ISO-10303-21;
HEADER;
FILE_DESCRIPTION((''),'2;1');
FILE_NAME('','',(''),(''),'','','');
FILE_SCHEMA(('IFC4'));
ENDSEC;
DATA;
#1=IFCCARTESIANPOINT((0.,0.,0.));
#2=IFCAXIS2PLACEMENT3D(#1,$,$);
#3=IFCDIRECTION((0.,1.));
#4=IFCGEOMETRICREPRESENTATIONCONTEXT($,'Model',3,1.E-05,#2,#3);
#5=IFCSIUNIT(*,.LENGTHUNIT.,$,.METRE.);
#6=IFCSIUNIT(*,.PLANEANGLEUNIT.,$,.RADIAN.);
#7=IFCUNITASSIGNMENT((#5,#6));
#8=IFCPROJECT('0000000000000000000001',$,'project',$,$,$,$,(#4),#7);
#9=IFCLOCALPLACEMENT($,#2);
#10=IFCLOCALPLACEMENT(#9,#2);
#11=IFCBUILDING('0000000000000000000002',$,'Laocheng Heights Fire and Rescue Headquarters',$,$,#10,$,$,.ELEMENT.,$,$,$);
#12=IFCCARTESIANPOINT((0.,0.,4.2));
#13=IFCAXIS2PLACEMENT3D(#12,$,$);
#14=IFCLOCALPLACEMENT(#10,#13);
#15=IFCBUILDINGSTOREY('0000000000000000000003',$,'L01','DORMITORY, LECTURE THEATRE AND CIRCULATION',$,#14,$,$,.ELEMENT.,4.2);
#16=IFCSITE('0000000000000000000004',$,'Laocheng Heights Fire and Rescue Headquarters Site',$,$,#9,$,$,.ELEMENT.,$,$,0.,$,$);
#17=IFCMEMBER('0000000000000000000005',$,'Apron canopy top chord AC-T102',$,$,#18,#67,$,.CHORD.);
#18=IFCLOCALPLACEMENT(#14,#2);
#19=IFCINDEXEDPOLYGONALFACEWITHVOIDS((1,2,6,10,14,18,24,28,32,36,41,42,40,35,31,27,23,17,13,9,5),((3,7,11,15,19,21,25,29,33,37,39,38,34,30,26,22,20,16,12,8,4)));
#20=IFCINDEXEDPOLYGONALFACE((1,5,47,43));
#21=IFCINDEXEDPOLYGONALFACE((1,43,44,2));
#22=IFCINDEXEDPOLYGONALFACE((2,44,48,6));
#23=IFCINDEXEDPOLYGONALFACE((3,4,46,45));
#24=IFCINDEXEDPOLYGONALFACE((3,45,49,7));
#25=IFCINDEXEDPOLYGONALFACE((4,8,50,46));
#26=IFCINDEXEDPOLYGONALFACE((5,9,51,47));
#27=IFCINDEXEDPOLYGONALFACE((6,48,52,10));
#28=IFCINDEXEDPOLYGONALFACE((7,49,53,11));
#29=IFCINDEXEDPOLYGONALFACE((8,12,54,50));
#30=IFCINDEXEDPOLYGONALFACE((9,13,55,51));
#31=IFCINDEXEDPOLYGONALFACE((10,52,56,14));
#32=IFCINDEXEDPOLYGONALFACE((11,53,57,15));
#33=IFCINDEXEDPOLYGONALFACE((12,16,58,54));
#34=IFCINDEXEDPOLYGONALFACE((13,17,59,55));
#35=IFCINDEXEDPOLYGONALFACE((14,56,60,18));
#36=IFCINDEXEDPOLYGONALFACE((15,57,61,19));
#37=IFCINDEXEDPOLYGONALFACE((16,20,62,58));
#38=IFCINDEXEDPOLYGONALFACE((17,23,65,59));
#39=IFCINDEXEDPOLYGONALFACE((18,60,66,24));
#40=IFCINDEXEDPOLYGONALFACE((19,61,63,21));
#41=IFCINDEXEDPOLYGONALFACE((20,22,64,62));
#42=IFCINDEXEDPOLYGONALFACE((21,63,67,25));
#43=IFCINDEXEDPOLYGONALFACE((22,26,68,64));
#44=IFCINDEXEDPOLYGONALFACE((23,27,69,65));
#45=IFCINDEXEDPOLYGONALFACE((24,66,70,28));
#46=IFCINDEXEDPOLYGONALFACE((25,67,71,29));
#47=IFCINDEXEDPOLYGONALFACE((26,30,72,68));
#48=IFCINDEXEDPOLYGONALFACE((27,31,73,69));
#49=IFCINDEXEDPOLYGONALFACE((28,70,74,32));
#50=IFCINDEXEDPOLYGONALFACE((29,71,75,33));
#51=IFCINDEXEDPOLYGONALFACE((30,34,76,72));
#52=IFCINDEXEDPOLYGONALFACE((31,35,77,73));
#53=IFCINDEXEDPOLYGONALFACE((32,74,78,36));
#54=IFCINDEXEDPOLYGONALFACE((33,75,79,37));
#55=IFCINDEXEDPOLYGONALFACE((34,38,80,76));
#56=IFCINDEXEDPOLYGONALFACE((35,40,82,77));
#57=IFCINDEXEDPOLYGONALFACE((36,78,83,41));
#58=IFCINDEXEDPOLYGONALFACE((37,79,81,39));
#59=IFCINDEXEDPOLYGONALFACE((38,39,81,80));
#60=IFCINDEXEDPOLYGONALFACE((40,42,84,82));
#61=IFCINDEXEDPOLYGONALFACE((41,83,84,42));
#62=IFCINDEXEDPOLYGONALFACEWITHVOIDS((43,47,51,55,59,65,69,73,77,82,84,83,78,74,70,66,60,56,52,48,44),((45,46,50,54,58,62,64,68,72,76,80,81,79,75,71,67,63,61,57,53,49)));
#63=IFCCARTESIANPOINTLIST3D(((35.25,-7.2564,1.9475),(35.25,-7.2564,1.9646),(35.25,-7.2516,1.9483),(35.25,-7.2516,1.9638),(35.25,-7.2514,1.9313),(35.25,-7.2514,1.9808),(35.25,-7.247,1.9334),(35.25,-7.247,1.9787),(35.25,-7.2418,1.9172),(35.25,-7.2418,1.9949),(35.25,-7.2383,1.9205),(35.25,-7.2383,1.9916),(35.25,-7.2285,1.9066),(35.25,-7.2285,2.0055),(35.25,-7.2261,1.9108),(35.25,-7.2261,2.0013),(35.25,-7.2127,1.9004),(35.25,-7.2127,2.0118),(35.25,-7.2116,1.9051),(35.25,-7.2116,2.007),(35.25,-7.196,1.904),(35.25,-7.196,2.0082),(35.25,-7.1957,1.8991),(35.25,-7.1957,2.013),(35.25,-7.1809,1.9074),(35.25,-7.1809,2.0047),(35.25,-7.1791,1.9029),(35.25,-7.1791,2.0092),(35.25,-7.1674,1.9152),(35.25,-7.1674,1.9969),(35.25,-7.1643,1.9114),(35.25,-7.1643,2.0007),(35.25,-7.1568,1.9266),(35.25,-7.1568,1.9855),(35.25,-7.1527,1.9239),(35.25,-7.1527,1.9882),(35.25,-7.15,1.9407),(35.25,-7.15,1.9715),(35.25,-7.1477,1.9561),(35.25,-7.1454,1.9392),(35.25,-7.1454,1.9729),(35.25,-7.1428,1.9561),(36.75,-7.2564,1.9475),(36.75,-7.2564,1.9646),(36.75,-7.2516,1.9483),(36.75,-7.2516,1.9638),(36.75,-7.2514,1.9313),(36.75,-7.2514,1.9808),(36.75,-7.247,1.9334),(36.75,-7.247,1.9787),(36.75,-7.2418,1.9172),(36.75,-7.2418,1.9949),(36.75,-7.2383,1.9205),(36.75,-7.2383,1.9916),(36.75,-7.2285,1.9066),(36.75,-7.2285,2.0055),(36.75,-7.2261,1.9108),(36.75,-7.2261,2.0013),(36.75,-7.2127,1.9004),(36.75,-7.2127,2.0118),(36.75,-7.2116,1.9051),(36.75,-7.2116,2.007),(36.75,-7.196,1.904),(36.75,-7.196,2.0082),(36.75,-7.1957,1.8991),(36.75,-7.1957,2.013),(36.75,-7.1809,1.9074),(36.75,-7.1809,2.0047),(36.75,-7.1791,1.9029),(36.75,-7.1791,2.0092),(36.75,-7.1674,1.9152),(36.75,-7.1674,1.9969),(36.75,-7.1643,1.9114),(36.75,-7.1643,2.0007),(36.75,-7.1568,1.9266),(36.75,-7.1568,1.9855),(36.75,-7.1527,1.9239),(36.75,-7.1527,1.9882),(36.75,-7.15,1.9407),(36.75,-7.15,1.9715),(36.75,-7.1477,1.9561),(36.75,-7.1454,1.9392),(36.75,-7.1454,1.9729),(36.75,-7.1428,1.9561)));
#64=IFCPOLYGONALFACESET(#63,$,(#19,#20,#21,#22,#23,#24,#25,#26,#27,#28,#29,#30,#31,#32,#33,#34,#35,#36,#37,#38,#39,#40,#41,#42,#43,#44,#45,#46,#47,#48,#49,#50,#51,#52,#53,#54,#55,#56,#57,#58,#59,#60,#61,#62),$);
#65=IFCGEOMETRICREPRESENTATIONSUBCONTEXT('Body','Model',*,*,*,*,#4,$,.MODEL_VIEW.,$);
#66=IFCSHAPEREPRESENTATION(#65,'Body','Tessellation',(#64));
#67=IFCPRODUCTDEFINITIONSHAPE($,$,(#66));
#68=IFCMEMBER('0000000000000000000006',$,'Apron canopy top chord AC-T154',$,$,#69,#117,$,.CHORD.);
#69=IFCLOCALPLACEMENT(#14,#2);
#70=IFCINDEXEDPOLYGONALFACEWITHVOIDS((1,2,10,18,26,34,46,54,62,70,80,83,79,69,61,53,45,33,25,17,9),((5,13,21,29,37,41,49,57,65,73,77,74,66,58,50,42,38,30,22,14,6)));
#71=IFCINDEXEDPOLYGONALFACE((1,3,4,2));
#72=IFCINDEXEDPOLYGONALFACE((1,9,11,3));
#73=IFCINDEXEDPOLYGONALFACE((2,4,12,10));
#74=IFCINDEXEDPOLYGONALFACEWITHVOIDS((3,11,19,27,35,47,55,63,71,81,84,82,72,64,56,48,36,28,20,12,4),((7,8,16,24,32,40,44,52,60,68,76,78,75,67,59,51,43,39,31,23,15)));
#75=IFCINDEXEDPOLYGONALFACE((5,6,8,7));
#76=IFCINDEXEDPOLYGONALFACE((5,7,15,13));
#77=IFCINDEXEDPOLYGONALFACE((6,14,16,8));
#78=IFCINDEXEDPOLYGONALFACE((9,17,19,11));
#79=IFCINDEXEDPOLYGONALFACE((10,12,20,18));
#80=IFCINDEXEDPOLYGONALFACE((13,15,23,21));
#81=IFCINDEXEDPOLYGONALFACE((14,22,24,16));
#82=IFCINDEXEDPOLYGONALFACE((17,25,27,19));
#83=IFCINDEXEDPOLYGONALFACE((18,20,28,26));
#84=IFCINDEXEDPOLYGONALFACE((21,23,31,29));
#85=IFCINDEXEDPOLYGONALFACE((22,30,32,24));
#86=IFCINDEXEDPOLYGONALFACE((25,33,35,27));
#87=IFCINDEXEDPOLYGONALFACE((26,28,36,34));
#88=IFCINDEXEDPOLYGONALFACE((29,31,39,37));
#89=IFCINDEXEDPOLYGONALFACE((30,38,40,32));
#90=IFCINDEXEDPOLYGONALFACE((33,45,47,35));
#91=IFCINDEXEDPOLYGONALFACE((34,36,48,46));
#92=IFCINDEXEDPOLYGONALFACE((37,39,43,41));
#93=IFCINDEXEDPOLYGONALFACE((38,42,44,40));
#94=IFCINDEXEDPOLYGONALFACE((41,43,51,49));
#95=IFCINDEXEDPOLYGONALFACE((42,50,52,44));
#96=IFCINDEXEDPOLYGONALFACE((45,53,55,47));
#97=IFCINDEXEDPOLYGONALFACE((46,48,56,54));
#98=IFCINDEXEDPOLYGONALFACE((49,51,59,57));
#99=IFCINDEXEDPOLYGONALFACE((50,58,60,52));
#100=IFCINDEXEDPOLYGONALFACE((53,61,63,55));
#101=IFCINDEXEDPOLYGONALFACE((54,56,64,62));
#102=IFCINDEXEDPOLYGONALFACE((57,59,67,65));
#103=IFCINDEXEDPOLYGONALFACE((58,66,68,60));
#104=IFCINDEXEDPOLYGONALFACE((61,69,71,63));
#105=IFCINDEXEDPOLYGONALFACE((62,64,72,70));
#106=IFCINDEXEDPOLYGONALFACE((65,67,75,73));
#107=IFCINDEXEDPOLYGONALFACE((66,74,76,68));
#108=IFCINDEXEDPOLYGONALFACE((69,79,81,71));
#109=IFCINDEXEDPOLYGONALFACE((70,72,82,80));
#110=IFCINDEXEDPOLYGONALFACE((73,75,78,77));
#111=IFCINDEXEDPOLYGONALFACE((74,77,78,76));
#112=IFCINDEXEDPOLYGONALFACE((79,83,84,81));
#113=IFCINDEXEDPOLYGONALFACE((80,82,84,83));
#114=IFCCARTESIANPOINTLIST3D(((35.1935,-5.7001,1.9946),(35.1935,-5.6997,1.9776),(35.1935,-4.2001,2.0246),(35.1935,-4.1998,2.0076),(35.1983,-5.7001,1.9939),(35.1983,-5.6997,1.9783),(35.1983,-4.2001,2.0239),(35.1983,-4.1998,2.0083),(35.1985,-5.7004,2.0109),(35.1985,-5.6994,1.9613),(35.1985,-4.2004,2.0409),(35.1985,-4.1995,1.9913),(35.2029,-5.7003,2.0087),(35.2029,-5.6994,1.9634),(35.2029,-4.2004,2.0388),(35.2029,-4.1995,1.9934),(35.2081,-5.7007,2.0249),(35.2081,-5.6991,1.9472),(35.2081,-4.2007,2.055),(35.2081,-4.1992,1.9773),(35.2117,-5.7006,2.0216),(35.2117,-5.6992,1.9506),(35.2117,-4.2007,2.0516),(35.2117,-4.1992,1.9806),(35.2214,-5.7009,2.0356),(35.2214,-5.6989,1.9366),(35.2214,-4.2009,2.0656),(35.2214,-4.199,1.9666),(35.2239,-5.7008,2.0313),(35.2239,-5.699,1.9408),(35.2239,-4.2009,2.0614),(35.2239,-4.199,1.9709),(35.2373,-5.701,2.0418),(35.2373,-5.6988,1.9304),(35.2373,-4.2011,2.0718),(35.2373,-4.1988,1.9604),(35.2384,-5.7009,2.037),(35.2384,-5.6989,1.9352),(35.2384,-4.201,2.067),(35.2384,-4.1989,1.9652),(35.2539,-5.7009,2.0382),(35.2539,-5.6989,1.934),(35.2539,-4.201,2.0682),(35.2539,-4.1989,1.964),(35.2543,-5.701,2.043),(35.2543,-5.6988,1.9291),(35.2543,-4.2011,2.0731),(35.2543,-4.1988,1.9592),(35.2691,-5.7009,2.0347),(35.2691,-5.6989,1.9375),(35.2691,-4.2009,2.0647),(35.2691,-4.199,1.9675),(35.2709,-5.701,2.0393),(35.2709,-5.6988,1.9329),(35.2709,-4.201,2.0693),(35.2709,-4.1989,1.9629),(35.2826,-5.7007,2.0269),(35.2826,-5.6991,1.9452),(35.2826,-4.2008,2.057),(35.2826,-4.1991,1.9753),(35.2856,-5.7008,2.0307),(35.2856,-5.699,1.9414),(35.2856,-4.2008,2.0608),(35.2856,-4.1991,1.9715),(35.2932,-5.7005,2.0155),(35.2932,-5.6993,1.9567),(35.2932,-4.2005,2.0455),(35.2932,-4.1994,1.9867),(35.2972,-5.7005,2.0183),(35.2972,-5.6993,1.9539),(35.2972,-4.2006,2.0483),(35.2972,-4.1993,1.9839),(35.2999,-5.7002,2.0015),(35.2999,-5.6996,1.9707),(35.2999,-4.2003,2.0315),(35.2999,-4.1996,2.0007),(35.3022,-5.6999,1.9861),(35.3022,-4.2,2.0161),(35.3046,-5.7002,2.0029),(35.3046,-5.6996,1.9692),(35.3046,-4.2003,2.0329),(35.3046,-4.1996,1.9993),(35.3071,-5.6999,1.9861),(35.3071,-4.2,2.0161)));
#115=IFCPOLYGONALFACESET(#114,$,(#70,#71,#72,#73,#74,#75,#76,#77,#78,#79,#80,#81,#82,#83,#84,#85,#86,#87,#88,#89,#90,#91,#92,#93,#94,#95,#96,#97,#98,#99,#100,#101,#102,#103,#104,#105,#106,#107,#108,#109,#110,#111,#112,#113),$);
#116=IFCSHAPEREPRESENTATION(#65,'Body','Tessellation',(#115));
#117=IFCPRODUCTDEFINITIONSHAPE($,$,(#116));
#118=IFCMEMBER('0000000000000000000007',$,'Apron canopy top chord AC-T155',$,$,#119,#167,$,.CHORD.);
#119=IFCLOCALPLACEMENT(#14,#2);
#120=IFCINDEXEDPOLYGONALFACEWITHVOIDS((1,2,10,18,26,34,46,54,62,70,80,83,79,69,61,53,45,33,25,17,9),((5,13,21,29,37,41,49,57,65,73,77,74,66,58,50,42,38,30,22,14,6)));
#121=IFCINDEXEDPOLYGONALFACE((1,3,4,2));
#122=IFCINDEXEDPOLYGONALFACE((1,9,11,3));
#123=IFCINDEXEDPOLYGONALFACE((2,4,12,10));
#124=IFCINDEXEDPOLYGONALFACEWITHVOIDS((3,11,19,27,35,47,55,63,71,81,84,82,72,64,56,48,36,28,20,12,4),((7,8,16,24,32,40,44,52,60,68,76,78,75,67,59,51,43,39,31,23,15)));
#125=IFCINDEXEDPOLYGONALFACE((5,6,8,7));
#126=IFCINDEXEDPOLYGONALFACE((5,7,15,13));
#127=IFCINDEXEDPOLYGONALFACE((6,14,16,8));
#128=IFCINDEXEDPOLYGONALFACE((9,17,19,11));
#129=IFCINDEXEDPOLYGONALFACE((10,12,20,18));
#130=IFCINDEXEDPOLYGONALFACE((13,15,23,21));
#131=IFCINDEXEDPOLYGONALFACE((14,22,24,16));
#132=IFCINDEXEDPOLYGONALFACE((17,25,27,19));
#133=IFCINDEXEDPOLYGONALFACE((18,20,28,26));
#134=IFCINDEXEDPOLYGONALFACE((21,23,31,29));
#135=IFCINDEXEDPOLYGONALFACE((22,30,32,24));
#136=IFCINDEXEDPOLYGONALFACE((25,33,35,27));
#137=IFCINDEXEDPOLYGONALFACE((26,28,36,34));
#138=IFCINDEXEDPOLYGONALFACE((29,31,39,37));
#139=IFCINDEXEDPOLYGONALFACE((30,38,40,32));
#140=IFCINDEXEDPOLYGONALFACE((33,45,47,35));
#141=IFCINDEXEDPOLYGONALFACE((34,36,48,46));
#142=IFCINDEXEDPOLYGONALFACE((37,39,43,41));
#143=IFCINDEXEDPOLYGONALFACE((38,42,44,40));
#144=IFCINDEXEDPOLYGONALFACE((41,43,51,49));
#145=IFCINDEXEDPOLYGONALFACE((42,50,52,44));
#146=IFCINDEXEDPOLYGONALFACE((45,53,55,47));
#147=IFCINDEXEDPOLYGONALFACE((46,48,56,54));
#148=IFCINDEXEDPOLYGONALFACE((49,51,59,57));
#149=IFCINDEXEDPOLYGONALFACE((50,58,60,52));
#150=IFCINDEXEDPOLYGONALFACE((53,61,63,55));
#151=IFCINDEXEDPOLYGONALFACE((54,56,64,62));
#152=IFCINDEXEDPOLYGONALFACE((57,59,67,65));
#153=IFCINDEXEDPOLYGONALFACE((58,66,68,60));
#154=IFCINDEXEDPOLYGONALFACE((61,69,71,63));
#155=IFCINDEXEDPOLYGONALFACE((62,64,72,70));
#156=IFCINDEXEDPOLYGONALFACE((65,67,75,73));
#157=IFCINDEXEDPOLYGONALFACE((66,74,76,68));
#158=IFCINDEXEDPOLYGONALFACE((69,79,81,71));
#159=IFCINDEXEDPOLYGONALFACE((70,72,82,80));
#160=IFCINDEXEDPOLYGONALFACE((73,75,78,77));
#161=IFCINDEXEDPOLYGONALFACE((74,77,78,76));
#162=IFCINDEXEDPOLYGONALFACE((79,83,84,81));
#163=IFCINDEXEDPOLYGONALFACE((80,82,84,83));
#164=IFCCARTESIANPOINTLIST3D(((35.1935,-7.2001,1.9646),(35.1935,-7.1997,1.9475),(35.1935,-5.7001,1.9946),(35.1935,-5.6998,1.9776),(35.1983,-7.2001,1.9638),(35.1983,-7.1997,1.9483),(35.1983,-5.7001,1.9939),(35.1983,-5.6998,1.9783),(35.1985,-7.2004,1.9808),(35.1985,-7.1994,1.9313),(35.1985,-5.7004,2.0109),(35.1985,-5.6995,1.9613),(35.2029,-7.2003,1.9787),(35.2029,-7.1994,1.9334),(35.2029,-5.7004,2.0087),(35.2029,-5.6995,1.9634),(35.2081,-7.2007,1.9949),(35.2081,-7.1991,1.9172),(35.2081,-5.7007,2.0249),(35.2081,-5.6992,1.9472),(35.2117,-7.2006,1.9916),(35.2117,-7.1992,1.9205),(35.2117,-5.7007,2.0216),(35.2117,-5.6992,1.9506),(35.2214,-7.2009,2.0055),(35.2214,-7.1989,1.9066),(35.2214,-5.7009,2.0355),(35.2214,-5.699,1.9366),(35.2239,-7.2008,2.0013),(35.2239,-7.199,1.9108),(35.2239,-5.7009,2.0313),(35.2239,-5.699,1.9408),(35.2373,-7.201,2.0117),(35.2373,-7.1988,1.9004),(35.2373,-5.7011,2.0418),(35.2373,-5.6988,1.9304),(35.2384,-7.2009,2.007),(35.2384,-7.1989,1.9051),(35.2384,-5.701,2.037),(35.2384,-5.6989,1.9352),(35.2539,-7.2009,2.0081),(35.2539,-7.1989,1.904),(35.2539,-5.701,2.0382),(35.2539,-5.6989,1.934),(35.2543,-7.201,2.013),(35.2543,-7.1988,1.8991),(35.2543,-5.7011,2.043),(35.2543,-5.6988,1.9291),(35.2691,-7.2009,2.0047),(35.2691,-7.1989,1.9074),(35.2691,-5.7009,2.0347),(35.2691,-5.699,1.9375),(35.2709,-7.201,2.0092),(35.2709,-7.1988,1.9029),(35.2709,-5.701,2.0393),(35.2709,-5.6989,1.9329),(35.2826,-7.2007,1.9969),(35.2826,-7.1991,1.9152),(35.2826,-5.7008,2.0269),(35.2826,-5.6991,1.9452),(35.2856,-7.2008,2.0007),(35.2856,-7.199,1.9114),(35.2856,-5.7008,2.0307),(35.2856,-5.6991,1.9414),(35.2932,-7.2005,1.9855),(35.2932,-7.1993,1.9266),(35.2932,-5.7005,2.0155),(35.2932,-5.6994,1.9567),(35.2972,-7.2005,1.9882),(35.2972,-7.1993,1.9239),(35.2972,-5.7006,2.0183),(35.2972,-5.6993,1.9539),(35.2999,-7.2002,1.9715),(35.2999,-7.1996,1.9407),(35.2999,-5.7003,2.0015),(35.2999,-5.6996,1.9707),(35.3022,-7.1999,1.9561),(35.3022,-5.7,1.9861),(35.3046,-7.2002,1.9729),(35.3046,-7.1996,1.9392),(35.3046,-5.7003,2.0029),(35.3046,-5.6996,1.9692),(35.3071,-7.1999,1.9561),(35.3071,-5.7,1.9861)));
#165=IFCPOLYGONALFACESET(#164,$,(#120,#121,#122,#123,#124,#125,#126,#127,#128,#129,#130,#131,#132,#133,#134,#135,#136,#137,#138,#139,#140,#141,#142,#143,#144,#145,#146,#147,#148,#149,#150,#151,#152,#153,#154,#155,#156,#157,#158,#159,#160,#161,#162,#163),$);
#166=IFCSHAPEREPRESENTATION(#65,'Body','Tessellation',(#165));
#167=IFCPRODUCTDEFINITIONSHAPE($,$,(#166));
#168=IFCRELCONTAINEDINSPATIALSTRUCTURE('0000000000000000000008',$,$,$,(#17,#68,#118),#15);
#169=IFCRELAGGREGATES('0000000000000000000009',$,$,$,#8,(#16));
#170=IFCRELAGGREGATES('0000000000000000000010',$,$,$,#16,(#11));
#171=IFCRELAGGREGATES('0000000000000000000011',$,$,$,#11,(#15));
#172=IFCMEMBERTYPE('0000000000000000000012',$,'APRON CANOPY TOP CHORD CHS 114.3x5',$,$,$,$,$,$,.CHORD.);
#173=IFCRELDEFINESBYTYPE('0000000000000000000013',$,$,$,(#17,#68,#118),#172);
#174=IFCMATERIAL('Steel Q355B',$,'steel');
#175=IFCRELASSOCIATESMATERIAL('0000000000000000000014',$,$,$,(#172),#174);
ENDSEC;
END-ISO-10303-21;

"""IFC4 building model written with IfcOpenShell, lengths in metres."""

from ifc_helpers import new_model, si_unit, direction, frame, origin, origin_2d, place, context, subcontext, project, spatial, hollow_circle, extrude, material, material_profile, profile_set, type_object, element, save


model = new_model("IFC4")

# Units and contexts
model_context = context("Model", 3, precision=1e-05, world=origin(), true_north=direction((0.0, 1.0)))
body_context = subcontext(model_context, "Body", "Model", "MODEL_VIEW")
ifc_project = project(units=[si_unit("LENGTHUNIT", "METRE"), si_unit("PLANEANGLEUNIT", "RADIAN")], contexts=[model_context])

# Site, building, storey
site_placement = place(None, origin())
site = spatial("IfcSite", under=ifc_project, at=site_placement, Name="Laocheng Heights Fire and Rescue Headquarters Site", CompositionType="ELEMENT", RefElevation=0.0)
building_placement = place(site_placement, origin())
building = spatial("IfcBuilding", under=site, at=building_placement, Name="Laocheng Heights Fire and Rescue Headquarters", CompositionType="ELEMENT")
storey_placement = place(building_placement, frame((0.0, 0.0, 4.2)))
storey = spatial("IfcBuildingStorey", under=building, at=storey_placement, Name="L01", Description="DORMITORY, LECTURE THEATRE AND CIRCULATION", CompositionType="ELEMENT", Elevation=4.2)

# Members
ifc_material_1 = material(Name="Steel Q355B", Category="steel")
ifc_material_profile_1 = material_profile(ifc_material_1, hollow_circle(Radius=0.0571, WallThickness=0.0049, at=origin_2d()), Name="CHS 114.3x5")
ifc_profile_set_1 = profile_set([ifc_material_profile_1], Name="Steel Q355B")
member_type_1 = type_object("IfcMemberType", Name="APRON CANOPY TOP CHORD CHS 114.3x5", PredefinedType="CHORD", material=ifc_profile_set_1)
for number, where, z_axis, x_axis, name in (
    (1, (35.25, -7.2, 1.9561), (1.0, 0.0, 0.0), (0.0, 1.0, 0.0), "Apron canopy top chord AC-T102"),
):
    element("IfcMember", number, at=place(storey_placement, frame(where, z_axis=z_axis, x_axis=x_axis)), inside=storey, type_object=member_type_1, Name=name, PredefinedType="CHORD", context=body_context, shape_type="SweptSolid", body=[
        extrude(hollow_circle(Radius=0.0571, WallThickness=0.0049, at=origin_2d()), origin(), (0.0, 0.0, 1.0), 1.5),
    ])
for number, where, z_axis, x_axis, name in (
    (2, (35.25, -4.2, 2.0161), (0.0, -0.9998, -0.020016), (1.0, 0.0, 0.0), "Apron canopy top chord AC-T154"),
    (3, (35.25, -5.7, 1.9861), (0.0, -0.9998, -0.020016), (1.0, 0.0, 0.0), "Apron canopy top chord AC-T155"),
):
    element("IfcMember", number, at=place(storey_placement, frame(where, z_axis=z_axis, x_axis=x_axis)), inside=storey, type_object=member_type_1, Name=name, PredefinedType="CHORD", context=body_context, shape_type="SweptSolid", body=[
        extrude(hollow_circle(Radius=0.0571, WallThickness=0.0049, at=origin_2d()), origin(), (0.0, 0.0, 1.0), 1.5002),
    ])

save(model, "model.ifc")
